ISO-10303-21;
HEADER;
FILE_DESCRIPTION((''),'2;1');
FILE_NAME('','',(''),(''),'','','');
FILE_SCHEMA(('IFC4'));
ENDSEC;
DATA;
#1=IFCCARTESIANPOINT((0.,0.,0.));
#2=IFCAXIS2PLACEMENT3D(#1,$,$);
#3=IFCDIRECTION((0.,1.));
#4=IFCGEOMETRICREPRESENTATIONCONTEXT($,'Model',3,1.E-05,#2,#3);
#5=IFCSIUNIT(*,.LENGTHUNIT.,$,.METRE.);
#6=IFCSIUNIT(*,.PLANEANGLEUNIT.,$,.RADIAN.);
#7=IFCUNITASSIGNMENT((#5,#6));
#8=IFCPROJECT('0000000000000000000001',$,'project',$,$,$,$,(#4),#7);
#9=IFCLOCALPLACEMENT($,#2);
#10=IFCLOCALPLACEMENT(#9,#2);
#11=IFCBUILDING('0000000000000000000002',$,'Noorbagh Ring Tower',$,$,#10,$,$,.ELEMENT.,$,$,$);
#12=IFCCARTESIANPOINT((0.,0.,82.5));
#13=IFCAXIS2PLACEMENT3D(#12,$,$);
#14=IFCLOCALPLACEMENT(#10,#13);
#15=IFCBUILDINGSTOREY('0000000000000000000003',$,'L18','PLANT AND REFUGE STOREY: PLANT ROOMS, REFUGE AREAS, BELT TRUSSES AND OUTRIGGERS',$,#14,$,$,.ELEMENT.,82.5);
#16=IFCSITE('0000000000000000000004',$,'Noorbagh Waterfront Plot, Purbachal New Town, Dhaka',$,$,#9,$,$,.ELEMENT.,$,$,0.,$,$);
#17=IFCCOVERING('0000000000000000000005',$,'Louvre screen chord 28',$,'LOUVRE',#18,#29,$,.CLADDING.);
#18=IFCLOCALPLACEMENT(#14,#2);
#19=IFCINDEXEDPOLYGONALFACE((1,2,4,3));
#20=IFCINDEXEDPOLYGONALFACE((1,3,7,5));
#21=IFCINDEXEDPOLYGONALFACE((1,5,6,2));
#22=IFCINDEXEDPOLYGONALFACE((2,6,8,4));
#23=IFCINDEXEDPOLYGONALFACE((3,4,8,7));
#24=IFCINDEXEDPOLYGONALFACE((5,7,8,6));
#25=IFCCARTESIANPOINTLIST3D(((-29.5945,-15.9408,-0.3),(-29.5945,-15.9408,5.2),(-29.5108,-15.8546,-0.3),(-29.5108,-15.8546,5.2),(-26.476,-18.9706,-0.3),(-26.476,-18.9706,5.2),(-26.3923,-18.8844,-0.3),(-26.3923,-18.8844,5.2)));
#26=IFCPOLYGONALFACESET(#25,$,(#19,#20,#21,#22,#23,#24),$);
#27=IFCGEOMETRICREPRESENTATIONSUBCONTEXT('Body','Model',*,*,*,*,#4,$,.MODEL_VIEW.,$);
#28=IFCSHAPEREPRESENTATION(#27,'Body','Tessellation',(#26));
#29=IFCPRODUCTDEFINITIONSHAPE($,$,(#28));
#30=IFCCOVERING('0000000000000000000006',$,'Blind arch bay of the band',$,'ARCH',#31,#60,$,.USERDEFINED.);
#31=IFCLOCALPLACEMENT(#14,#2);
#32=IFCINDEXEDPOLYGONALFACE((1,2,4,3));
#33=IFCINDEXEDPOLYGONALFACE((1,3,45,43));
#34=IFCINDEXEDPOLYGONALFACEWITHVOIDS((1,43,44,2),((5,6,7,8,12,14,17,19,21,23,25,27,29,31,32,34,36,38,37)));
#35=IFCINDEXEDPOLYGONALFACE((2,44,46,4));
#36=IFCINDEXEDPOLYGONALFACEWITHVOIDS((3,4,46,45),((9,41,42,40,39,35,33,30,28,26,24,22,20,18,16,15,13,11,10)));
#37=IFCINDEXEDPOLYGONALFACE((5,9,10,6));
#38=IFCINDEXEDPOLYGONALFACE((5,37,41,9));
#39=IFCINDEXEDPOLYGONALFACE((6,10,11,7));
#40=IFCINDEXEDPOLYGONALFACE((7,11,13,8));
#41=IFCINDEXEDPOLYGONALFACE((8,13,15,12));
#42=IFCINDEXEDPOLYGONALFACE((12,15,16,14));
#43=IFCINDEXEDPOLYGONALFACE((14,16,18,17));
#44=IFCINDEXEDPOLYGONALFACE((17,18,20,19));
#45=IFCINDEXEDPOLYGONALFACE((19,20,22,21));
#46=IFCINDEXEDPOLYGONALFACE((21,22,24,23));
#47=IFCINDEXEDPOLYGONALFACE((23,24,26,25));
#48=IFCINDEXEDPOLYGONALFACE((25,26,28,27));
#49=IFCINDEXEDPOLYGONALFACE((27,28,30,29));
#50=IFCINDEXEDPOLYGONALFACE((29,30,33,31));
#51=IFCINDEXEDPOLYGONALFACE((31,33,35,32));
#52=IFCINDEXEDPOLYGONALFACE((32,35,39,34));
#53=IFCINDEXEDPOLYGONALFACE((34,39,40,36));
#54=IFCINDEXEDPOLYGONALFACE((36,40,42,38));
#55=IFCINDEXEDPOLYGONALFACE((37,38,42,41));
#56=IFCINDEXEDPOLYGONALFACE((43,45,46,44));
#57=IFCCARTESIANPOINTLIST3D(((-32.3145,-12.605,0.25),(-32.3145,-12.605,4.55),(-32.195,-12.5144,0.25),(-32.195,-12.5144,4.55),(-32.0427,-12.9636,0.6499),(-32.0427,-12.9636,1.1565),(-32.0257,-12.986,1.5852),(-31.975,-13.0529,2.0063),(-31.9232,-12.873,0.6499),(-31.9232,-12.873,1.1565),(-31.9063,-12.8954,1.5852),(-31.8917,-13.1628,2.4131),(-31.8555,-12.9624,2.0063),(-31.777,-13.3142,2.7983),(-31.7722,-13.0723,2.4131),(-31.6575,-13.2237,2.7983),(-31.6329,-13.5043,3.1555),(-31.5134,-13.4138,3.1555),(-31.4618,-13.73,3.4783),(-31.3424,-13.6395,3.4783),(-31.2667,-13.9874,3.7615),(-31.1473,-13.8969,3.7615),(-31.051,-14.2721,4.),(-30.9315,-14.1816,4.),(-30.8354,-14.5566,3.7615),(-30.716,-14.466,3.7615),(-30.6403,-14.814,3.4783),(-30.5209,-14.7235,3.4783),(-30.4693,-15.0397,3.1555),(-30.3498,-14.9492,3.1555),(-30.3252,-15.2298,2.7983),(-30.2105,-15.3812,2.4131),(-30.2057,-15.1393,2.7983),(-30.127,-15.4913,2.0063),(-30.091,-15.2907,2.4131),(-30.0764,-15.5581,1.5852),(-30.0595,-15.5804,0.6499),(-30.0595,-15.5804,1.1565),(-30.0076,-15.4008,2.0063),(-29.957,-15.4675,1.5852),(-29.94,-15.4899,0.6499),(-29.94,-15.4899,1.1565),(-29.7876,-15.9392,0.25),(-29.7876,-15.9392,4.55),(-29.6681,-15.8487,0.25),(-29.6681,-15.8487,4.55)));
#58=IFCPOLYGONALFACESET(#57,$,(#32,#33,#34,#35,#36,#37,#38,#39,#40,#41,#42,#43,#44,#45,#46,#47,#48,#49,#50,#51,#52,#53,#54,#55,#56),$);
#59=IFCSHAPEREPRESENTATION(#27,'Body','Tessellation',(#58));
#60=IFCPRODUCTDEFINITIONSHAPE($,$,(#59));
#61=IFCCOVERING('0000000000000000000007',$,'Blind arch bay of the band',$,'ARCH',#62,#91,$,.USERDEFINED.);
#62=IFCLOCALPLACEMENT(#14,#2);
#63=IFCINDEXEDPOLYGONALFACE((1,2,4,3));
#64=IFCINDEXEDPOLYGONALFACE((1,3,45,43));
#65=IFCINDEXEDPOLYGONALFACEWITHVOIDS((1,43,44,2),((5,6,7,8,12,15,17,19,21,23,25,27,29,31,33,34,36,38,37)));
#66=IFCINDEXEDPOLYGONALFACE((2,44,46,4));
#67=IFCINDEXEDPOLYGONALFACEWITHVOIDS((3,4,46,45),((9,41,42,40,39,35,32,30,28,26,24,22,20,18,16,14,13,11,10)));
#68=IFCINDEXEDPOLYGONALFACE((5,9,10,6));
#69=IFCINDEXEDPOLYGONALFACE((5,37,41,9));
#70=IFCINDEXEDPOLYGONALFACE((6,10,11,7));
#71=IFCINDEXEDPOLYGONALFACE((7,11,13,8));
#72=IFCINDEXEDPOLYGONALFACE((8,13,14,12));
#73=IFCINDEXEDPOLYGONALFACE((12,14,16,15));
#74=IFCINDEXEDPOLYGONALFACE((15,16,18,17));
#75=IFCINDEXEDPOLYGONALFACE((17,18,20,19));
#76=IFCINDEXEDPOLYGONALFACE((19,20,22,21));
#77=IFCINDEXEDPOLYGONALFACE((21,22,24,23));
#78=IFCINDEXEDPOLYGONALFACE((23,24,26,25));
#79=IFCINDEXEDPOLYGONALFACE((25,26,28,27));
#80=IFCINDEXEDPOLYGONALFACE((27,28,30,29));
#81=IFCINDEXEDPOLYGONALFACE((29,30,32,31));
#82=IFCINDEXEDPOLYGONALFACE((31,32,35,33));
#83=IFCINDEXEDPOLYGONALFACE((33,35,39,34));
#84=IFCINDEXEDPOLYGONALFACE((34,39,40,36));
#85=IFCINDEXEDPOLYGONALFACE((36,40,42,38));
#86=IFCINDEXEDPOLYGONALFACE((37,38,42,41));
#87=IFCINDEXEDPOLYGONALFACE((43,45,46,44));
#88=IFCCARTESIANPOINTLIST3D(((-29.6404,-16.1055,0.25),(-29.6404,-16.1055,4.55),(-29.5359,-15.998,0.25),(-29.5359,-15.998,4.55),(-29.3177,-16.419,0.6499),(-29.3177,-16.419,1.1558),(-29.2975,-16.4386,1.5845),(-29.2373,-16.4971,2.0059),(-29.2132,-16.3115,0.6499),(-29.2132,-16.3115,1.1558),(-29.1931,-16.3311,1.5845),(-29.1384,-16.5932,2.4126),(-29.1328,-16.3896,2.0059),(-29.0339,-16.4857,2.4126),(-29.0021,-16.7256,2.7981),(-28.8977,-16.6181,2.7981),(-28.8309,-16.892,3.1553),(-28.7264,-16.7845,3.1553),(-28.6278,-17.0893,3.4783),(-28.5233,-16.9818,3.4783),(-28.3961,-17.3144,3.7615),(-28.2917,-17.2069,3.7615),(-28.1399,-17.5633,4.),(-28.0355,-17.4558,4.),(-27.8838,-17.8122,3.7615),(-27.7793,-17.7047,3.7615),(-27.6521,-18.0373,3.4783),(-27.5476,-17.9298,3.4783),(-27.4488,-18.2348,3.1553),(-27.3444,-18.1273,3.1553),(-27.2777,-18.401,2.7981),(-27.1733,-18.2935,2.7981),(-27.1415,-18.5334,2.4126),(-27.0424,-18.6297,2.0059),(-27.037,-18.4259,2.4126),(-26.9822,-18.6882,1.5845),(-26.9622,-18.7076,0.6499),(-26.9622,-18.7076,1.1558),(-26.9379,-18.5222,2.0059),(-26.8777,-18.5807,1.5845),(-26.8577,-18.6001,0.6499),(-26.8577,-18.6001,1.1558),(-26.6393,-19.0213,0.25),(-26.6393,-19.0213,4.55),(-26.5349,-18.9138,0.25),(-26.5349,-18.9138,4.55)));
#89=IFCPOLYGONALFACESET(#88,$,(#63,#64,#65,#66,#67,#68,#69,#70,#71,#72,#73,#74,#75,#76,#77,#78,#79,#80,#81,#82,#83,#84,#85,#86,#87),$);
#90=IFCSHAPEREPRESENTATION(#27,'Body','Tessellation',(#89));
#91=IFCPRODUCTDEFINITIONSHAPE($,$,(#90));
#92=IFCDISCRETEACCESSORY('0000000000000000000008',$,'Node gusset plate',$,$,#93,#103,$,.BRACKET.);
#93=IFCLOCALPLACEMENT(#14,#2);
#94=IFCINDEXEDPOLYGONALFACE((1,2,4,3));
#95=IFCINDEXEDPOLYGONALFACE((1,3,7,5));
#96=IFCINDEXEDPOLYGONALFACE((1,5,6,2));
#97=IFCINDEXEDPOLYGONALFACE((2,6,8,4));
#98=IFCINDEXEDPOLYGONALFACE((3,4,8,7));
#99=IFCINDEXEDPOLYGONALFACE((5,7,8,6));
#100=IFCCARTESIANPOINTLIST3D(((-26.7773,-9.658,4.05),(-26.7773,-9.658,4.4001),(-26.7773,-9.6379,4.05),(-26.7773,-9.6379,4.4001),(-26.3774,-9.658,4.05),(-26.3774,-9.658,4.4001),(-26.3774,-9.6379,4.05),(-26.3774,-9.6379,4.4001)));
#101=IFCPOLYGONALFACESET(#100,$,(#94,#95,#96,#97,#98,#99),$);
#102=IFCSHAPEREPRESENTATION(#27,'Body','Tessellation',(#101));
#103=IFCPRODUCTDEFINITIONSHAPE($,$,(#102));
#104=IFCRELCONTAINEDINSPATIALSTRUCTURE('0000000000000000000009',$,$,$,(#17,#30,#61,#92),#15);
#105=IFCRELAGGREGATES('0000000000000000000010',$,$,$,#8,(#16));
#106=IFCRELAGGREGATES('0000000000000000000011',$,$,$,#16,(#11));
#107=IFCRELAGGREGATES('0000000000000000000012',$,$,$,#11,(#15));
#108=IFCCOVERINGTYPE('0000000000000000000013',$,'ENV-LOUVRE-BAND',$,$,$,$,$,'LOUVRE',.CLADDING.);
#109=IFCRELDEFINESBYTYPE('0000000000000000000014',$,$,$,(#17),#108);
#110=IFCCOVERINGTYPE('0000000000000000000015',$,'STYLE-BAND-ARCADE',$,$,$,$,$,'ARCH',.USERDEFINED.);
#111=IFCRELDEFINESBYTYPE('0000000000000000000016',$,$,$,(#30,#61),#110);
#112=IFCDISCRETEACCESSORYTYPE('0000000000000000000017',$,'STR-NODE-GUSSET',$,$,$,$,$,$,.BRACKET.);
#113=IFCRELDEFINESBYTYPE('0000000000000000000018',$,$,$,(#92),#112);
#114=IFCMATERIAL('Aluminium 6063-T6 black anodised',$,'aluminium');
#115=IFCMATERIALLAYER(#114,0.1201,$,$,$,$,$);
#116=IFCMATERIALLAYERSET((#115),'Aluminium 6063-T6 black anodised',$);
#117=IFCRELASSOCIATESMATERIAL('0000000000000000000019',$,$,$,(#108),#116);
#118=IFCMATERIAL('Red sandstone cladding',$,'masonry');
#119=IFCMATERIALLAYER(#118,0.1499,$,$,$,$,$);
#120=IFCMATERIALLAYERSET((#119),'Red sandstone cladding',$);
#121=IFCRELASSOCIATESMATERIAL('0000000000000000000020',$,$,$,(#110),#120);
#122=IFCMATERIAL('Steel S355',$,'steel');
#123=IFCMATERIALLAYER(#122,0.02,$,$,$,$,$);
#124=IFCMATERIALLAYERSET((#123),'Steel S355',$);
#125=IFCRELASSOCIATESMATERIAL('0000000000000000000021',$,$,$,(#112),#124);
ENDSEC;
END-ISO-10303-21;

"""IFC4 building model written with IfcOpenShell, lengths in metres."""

from ifc_helpers import new_model, si_unit, direction, frame, origin, origin_2d, place, context, subcontext, project, spatial, polyline, rectangle, outline, extrude, material, layer, layer_set, type_object, element, save


model = new_model("IFC4")

# Units and contexts
model_context = context("Model", 3, precision=1e-05, world=origin(), true_north=direction((0.0, 1.0)))
body_context = subcontext(model_context, "Body", "Model", "MODEL_VIEW")
ifc_project = project(units=[si_unit("LENGTHUNIT", "METRE"), si_unit("PLANEANGLEUNIT", "RADIAN")], contexts=[model_context])

# Site, building, storey
site_placement = place(None, origin())
site = spatial("IfcSite", under=ifc_project, at=site_placement, Name="Noorbagh Waterfront Plot, Purbachal New Town, Dhaka", CompositionType="ELEMENT", RefElevation=0.0)
building_placement = place(site_placement, origin())
building = spatial("IfcBuilding", under=site, at=building_placement, Name="Noorbagh Ring Tower", CompositionType="ELEMENT")
storey_placement = place(building_placement, frame((0.0, 0.0, 82.5)))
storey = spatial("IfcBuildingStorey", under=building, at=storey_placement, Name="L18", Description="PLANT AND REFUGE STOREY: PLANT ROOMS, REFUGE AREAS, BELT TRUSSES AND OUTRIGGERS", CompositionType="ELEMENT", Elevation=82.5)

# Coverings
ifc_material_1 = material(Name="Aluminium 6063-T6 black anodised", Category="aluminium")
ifc_layer_1 = layer(ifc_material_1, 0.1201)
ifc_layer_set_1 = layer_set([ifc_layer_1], Name="Aluminium 6063-T6 black anodised")
covering_type_1 = type_object("IfcCoveringType", Name="ENV-LOUVRE-BAND", ElementType="LOUVRE", PredefinedType="CLADDING", material=ifc_layer_set_1)
covering_1_placement = place(storey_placement, frame((-27.9934, -17.4126, -0.3), z_axis=(0.0, 0.0, 1.0), x_axis=(0.717225, -0.696842, 0.0)))
element("IfcCovering", 1, at=covering_1_placement, inside=storey, type_object=covering_type_1, Name="Louvre screen chord 28", ObjectType="LOUVRE", PredefinedType="CLADDING", context=body_context, shape_type="SweptSolid", body=[
    extrude(rectangle(XDim=4.3479, YDim=0.1201, at=origin_2d()), origin(), (0.0, 0.0, 1.0), 5.5),
])
ifc_material_2 = material(Name="Red sandstone cladding", Category="masonry")
ifc_layer_2 = layer(ifc_material_2, 0.1499)
ifc_layer_set_2 = layer_set([ifc_layer_2], Name="Red sandstone cladding")
covering_type_2 = type_object("IfcCoveringType", Name="STYLE-BAND-ARCADE", ElementType="ARCH", PredefinedType="USERDEFINED", material=ifc_layer_set_2)
covering_2_placement = place(storey_placement, frame((-32.3145, -12.605, 0.25), z_axis=(-0.796986, -0.603998, 0.0), x_axis=(0.603998, -0.796986, 0.0)))
element("IfcCovering", 2, at=covering_2_placement, inside=storey, type_object=covering_type_2, Name="Blind arch bay of the band", ObjectType="ARCH", PredefinedType="USERDEFINED", context=body_context, shape_type="SweptSolid", body=[
    extrude(outline(polyline([(0.0, 0.0), (4.1836, 0.0), (4.1836, 4.3), (0.0, 4.3), (0.0, 0.0)]), holes=[polyline([(0.45, 0.3999), (0.45, 0.9065), (0.478, 1.3352), (0.562, 1.7563), (0.7, 2.1631), (0.8899, 2.5483), (1.1284, 2.9055), (1.4116, 3.2283), (1.7346, 3.5115), (2.0918, 3.75), (2.4487, 3.5115), (2.7717, 3.2283), (3.0549, 2.9055), (3.2935, 2.5483), (3.4834, 2.1631), (3.6216, 1.7563), (3.7053, 1.3352), (3.7334, 0.9065), (3.7334, 0.3999), (0.45, 0.3999)])]), origin(), (0.0, 0.0, -1.0), 0.1499),
])
covering_3_placement = place(storey_placement, frame((-29.6404, -16.1055, 0.25), z_axis=(-0.696852, -0.717215, 0.0), x_axis=(0.717215, -0.696852, 0.0)))
element("IfcCovering", 3, at=covering_3_placement, inside=storey, type_object=covering_type_2, Name="Blind arch bay of the band", ObjectType="ARCH", PredefinedType="USERDEFINED", context=body_context, shape_type="SweptSolid", body=[
    extrude(outline(polyline([(0.0, 0.0), (4.1843, 0.0), (4.1843, 4.3), (0.0, 4.3), (0.0, 0.0)]), holes=[polyline([(0.45, 0.3999), (0.45, 0.9058), (0.478, 1.3345), (0.562, 1.7559), (0.7, 2.1626), (0.8899, 2.5481), (1.1287, 2.9053), (1.4119, 3.2283), (1.7349, 3.5115), (2.092, 3.75), (2.4492, 3.5115), (2.7722, 3.2283), (3.0557, 2.9053), (3.2942, 2.5481), (3.4841, 2.1626), (3.6223, 1.7559), (3.7063, 1.3345), (3.7341, 0.9058), (3.7341, 0.3999), (0.45, 0.3999)])]), origin(), (0.0, 0.0, -1.0), 0.1499),
])

# Discrete accessory
ifc_material_3 = material(Name="Steel S355", Category="steel")
ifc_layer_3 = layer(ifc_material_3, 0.02)
ifc_layer_set_3 = layer_set([ifc_layer_3], Name="Steel S355")
discrete_accessory_type = type_object("IfcDiscreteAccessoryType", Name="STR-NODE-GUSSET", PredefinedType="BRACKET", material=ifc_layer_set_3)
discrete_accessory_placement = place(storey_placement, frame((-26.5774, -9.6479, 4.05), z_axis=(0.0, 0.0, 1.0), x_axis=(1.0, 0.0, 0.0)))
element("IfcDiscreteAccessory", 4, at=discrete_accessory_placement, inside=storey, type_object=discrete_accessory_type, Name="Node gusset plate", PredefinedType="BRACKET", context=body_context, shape_type="SweptSolid", body=[
    extrude(rectangle(XDim=0.3999, YDim=0.02, at=origin_2d()), origin(), (0.0, 0.0, 1.0), 0.3501),
])

save(model, "model.ifc")
